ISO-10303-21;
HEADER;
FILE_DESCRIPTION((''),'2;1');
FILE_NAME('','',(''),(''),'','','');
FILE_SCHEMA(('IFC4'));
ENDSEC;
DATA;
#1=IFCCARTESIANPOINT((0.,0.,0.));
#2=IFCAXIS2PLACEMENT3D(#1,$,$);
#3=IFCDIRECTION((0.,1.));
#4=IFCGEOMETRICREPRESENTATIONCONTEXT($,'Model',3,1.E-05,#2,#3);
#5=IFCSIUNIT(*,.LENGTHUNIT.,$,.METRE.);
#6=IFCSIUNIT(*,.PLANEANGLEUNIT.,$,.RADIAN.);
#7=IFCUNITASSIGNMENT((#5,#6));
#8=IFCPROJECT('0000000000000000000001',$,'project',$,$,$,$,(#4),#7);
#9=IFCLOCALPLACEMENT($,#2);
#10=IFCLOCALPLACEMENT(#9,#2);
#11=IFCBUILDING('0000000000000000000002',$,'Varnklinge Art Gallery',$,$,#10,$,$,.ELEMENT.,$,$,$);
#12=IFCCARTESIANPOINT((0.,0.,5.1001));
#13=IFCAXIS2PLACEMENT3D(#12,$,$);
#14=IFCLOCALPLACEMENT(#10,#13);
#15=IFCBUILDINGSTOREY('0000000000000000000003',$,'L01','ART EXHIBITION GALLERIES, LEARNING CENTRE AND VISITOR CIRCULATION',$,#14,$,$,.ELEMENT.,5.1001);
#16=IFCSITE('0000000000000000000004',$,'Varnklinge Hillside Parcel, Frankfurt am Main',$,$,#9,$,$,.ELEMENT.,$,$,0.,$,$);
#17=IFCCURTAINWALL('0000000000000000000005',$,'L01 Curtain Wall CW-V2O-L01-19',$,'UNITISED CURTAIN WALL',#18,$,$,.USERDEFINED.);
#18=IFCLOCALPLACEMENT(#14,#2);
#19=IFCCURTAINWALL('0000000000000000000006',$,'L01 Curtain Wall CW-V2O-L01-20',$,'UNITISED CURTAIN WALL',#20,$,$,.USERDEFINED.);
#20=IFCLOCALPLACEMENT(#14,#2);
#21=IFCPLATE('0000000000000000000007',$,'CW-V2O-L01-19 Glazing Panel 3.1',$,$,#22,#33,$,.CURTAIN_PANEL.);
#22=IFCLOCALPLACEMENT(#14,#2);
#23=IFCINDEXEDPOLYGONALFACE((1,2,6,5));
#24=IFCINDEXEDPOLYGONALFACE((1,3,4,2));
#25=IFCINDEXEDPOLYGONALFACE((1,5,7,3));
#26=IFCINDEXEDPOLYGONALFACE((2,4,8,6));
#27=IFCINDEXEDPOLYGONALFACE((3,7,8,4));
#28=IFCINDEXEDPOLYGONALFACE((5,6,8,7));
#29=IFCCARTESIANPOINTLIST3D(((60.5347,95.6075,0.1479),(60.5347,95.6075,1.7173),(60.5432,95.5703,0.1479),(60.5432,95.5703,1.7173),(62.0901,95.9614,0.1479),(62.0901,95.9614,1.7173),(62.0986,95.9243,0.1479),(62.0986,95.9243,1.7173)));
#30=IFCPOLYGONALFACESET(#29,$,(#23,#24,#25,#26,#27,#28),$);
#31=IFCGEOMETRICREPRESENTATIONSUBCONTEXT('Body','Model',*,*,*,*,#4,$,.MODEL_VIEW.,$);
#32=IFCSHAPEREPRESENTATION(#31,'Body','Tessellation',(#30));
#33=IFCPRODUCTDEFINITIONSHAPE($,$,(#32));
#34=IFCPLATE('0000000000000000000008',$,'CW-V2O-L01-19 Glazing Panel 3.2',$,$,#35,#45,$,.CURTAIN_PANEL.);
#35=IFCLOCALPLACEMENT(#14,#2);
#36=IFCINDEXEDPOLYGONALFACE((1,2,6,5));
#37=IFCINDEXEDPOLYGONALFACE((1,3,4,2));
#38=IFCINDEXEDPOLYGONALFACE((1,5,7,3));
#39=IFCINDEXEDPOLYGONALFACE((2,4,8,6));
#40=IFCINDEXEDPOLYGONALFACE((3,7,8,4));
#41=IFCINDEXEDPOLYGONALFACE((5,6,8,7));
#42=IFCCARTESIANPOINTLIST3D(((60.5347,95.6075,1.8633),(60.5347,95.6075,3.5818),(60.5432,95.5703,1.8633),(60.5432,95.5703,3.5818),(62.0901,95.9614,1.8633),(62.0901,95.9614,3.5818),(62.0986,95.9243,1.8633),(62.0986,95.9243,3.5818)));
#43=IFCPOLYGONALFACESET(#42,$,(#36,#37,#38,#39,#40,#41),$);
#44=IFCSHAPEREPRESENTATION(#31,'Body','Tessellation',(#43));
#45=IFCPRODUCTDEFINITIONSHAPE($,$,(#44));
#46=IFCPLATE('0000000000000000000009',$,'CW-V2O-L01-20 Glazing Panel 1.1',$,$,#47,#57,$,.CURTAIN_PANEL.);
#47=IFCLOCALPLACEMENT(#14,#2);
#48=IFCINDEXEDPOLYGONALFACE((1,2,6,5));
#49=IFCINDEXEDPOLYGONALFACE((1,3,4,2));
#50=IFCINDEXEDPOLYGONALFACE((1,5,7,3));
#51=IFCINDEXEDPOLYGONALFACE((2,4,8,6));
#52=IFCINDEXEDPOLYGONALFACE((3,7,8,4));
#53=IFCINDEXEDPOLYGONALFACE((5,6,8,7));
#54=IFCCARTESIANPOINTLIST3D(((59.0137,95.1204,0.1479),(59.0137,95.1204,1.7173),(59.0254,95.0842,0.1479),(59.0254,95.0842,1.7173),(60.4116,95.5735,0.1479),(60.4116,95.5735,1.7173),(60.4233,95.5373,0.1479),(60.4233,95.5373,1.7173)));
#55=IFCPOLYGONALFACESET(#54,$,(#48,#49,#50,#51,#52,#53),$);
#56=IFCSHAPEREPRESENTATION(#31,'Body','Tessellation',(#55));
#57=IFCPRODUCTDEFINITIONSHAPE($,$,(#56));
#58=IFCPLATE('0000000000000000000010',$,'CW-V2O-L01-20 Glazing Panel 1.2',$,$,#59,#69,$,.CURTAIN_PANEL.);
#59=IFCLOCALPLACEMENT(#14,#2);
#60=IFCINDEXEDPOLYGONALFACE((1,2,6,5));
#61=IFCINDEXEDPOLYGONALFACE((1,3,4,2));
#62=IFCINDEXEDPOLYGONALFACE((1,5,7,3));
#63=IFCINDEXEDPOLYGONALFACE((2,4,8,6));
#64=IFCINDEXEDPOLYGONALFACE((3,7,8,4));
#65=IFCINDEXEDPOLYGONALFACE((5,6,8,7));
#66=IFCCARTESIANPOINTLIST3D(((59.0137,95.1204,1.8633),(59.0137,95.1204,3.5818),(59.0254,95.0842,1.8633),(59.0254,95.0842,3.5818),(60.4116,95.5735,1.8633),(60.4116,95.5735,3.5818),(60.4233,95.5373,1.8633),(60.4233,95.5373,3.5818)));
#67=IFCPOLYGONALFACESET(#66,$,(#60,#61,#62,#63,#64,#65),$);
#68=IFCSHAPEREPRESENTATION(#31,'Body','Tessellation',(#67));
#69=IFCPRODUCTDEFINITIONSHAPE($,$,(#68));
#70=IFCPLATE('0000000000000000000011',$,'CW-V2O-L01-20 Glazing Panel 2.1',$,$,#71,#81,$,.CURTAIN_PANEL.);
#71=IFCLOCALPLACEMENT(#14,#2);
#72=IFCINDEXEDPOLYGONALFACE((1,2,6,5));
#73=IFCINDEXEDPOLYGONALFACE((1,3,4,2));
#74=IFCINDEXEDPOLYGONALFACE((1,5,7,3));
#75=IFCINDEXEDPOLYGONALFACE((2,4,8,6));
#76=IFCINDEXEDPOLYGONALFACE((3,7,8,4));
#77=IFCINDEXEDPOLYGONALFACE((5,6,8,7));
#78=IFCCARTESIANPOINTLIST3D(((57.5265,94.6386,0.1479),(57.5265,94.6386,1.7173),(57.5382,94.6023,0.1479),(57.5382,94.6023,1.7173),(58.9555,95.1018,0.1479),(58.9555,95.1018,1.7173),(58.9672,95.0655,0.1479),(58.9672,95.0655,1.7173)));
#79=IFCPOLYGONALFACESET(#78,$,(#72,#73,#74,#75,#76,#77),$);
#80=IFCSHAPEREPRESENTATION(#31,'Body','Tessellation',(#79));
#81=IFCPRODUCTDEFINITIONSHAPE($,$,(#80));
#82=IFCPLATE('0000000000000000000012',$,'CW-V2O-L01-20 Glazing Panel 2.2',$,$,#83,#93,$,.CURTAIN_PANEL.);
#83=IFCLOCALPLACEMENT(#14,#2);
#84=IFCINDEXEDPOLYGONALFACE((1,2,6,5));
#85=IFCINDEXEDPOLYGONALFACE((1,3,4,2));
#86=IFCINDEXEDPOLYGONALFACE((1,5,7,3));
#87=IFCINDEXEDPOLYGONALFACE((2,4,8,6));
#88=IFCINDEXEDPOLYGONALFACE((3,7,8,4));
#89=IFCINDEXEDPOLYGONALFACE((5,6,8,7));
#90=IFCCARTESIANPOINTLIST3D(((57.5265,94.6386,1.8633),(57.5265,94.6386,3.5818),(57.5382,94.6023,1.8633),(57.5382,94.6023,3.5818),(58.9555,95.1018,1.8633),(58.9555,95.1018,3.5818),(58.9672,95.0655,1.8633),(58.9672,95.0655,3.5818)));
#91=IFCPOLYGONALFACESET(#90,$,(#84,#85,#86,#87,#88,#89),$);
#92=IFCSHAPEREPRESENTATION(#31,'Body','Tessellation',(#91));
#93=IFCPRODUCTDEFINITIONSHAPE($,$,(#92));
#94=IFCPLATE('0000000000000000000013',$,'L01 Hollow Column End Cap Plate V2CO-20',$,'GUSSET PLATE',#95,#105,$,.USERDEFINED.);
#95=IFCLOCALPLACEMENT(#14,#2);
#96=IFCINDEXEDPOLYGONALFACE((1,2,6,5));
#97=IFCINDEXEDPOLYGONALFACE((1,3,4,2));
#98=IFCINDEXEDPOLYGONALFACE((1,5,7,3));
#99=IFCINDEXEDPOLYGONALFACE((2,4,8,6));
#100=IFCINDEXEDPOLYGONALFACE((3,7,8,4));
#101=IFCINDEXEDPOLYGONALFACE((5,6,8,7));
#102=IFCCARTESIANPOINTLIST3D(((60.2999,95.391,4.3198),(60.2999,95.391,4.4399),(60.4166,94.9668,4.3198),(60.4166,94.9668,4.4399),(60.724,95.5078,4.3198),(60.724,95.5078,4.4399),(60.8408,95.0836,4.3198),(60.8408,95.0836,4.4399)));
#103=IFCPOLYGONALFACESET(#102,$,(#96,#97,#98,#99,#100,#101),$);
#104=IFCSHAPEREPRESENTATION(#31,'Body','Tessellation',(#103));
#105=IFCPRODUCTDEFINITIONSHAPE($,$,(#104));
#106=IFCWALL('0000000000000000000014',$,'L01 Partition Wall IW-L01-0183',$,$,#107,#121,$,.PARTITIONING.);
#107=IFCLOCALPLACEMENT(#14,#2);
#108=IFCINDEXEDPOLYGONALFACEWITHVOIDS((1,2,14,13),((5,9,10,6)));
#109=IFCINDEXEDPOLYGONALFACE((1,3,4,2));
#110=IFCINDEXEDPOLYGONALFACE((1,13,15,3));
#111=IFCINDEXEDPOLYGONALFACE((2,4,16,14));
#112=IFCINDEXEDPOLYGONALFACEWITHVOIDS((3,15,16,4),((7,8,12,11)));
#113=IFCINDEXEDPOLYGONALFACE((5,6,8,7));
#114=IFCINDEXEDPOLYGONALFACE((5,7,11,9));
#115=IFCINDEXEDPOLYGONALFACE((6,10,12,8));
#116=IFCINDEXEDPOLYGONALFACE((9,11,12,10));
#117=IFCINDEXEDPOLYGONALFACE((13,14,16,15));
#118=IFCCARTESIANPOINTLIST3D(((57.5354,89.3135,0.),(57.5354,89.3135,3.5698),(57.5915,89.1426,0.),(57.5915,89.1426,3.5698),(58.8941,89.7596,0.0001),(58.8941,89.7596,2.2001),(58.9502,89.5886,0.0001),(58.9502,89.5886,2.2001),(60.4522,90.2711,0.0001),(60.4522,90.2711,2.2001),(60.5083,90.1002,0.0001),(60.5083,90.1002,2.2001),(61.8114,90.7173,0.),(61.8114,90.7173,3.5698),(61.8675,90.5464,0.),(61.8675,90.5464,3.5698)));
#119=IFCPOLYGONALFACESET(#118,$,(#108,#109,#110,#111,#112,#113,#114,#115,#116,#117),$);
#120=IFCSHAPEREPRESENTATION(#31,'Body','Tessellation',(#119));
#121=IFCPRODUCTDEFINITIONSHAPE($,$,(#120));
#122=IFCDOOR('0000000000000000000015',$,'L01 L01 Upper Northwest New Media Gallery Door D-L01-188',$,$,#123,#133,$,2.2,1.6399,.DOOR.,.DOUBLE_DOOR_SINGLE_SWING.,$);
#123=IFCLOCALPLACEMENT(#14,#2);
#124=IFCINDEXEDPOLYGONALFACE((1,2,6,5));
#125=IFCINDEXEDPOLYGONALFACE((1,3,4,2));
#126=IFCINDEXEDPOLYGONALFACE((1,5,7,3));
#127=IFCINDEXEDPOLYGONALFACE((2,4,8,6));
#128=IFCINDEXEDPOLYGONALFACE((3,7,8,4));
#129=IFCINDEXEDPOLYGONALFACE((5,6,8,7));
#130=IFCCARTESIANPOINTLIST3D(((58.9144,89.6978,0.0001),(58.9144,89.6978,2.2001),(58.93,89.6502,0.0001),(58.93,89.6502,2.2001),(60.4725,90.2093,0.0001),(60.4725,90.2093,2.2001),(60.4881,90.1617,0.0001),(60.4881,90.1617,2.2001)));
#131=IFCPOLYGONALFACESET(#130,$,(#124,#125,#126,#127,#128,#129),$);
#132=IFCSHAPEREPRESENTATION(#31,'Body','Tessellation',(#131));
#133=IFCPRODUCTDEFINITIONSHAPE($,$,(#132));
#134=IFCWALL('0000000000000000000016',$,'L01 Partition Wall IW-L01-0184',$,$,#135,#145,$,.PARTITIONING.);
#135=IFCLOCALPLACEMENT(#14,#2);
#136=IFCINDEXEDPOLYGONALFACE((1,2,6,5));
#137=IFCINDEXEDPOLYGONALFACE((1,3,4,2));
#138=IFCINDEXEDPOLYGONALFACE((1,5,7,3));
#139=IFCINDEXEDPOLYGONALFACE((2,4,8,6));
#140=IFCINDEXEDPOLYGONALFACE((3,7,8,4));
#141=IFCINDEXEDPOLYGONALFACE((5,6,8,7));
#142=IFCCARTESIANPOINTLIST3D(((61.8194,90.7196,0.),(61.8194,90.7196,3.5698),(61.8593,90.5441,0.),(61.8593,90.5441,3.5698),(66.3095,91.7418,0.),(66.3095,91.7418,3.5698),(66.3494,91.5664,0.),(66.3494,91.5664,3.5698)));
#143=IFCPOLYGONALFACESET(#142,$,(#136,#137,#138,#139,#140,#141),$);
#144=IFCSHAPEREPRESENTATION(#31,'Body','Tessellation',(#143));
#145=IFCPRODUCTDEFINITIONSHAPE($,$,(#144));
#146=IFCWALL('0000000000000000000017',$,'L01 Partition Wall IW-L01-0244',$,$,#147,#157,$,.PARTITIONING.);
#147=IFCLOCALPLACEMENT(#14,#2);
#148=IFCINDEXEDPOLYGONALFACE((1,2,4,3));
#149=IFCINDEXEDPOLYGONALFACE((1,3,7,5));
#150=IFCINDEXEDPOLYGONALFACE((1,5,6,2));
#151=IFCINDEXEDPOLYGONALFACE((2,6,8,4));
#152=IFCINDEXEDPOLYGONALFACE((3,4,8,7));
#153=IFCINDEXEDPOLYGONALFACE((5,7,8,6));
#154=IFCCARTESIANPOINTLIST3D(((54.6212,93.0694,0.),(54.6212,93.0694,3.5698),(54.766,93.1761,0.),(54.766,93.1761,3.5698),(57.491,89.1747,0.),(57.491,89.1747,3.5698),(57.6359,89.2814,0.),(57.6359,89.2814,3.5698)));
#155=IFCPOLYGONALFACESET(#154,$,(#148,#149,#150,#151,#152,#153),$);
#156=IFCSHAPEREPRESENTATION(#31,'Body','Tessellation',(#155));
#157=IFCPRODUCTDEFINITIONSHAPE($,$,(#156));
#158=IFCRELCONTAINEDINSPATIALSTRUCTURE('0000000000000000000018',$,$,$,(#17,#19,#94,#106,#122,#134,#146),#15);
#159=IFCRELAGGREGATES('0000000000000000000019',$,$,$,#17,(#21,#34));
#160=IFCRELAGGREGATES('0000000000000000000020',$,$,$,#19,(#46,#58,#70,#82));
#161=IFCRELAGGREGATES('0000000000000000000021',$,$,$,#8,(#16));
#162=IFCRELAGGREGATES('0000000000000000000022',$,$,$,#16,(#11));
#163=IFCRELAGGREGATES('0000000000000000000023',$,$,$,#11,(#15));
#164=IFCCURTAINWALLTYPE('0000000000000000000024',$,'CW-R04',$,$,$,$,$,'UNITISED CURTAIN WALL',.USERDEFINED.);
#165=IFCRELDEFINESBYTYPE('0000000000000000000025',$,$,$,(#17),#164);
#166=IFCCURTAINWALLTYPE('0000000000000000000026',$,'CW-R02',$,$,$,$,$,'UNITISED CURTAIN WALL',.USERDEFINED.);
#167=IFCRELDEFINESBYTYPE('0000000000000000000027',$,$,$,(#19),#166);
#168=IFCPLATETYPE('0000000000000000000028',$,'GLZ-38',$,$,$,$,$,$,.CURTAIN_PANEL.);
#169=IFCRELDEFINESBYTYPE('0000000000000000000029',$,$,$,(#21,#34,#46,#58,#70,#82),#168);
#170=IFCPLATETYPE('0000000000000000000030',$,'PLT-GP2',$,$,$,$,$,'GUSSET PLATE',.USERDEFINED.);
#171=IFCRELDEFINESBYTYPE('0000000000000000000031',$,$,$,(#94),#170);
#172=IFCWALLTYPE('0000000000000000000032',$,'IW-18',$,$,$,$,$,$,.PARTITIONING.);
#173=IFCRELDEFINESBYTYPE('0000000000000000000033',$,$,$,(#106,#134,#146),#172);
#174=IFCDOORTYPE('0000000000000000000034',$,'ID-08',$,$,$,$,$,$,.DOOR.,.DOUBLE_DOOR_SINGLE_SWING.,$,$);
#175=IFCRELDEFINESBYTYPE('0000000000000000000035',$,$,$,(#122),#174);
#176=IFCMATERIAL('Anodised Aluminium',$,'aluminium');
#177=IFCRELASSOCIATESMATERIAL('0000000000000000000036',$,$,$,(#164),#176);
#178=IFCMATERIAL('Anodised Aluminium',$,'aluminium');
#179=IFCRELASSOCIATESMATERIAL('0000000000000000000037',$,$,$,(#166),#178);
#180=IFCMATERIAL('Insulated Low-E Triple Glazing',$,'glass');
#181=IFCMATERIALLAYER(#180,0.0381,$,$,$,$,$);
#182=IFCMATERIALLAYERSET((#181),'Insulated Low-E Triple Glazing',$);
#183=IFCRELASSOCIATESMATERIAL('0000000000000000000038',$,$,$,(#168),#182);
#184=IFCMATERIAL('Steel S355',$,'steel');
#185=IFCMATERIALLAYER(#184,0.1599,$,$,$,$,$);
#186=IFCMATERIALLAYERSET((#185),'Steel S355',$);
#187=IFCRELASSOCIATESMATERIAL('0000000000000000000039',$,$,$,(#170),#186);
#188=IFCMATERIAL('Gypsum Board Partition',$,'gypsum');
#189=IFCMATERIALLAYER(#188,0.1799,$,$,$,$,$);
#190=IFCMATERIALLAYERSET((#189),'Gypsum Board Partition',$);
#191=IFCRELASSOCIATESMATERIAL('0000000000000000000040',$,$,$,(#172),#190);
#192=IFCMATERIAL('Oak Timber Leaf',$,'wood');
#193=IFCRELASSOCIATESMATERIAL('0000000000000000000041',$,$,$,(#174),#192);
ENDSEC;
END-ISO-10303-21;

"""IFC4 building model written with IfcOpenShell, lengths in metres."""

from ifc_helpers import new_model, si_unit, direction, frame, frame_2d, origin, origin_2d, place, context, subcontext, project, spatial, rectangle, extrude, material, layer, layer_set, type_object, element, fill, aggregate, save


model = new_model("IFC4")

# Units and contexts
model_context = context("Model", 3, precision=1e-05, world=origin(), true_north=direction((0.0, 1.0)))
body_context = subcontext(model_context, "Body", "Model", "MODEL_VIEW")
ifc_project = project(units=[si_unit("LENGTHUNIT", "METRE"), si_unit("PLANEANGLEUNIT", "RADIAN")], contexts=[model_context])

# Site, building, storey
site_placement = place(None, origin())
site = spatial("IfcSite", under=ifc_project, at=site_placement, Name="Varnklinge Hillside Parcel, Frankfurt am Main", CompositionType="ELEMENT", RefElevation=0.0)
building_placement = place(site_placement, origin())
building = spatial("IfcBuilding", under=site, at=building_placement, Name="Varnklinge Art Gallery", CompositionType="ELEMENT")
storey_placement = place(building_placement, frame((0.0, 0.0, 5.1001)))
storey = spatial("IfcBuildingStorey", under=building, at=storey_placement, Name="L01", Description="ART EXHIBITION GALLERIES, LEARNING CENTRE AND VISITOR CIRCULATION", CompositionType="ELEMENT", Elevation=5.1001)

# Curtain wall
ifc_material_1 = material(Name="Anodised Aluminium", Category="aluminium")
curtain_wall_type_1 = type_object("IfcCurtainWallType", Name="CW-R04", ElementType="UNITISED CURTAIN WALL", PredefinedType="USERDEFINED", material=ifc_material_1)
curtain_wall_1_placement = place(storey_placement, origin())
curtain_wall_1 = element("IfcCurtainWall", 1, at=curtain_wall_1_placement, inside=storey, type_object=curtain_wall_type_1, Name="L01 Curtain Wall CW-V2O-L01-19", ObjectType="UNITISED CURTAIN WALL", PredefinedType="USERDEFINED")

# Curtain wall
ifc_material_2 = material(Name="Anodised Aluminium", Category="aluminium")
curtain_wall_type_2 = type_object("IfcCurtainWallType", Name="CW-R02", ElementType="UNITISED CURTAIN WALL", PredefinedType="USERDEFINED", material=ifc_material_2)
curtain_wall_2_placement = place(storey_placement, origin())
curtain_wall_2 = element("IfcCurtainWall", 2, at=curtain_wall_2_placement, inside=storey, type_object=curtain_wall_type_2, Name="L01 Curtain Wall CW-V2O-L01-20", ObjectType="UNITISED CURTAIN WALL", PredefinedType="USERDEFINED")

# Plates
ifc_material_3 = material(Name="Insulated Low-E Triple Glazing", Category="glass")
ifc_layer_1 = layer(ifc_material_3, 0.0381)
ifc_layer_set_1 = layer_set([ifc_layer_1], Name="Insulated Low-E Triple Glazing")
plate_type_1 = type_object("IfcPlateType", Name="GLZ-38", PredefinedType="CURTAIN_PANEL", material=ifc_layer_set_1)
plate_1_placement = place(storey_placement, frame((61.3167, 95.7659, 0.1479), z_axis=(0.0, 0.0, 1.0), x_axis=(-0.975072, -0.221889, 0.0)))
plate_1 = element("IfcPlate", 3, at=plate_1_placement, type_object=plate_type_1, Name="CW-V2O-L01-19 Glazing Panel 3.1", PredefinedType="CURTAIN_PANEL", context=body_context, shape_type="SweptSolid", body=[
    extrude(rectangle(XDim=1.5952, YDim=0.0381, at=origin_2d()), origin(), (0.0, 0.0, 1.0), 1.5693),
])
plate_2_placement = place(storey_placement, frame((61.3167, 95.7659, 1.8633), z_axis=(0.0, 0.0, 1.0), x_axis=(-0.975072, -0.221889, 0.0)))
plate_2 = element("IfcPlate", 4, at=plate_2_placement, type_object=plate_type_1, Name="CW-V2O-L01-19 Glazing Panel 3.2", PredefinedType="CURTAIN_PANEL", context=body_context, shape_type="SweptSolid", body=[
    extrude(rectangle(XDim=1.5952, YDim=0.0381, at=origin_2d()), origin(), (0.0, 0.0, 1.0), 1.7185),
])
aggregate(curtain_wall_1, [plate_1, plate_2])
plate_3_placement = place(storey_placement, frame((59.7185, 95.3289, 0.1479), z_axis=(0.0, 0.0, 1.0), x_axis=(-0.951272, -0.308353, 0.0)))
plate_3 = element("IfcPlate", 5, at=plate_3_placement, type_object=plate_type_1, Name="CW-V2O-L01-20 Glazing Panel 1.1", PredefinedType="CURTAIN_PANEL", context=body_context, shape_type="SweptSolid", body=[
    extrude(rectangle(XDim=1.4695, YDim=0.0381, at=origin_2d()), origin(), (0.0, 0.0, 1.0), 1.5693),
])
plate_4_placement = place(storey_placement, frame((59.7185, 95.3289, 1.8633), z_axis=(0.0, 0.0, 1.0), x_axis=(-0.951272, -0.308353, 0.0)))
plate_4 = element("IfcPlate", 6, at=plate_4_placement, type_object=plate_type_1, Name="CW-V2O-L01-20 Glazing Panel 1.2", PredefinedType="CURTAIN_PANEL", context=body_context, shape_type="SweptSolid", body=[
    extrude(rectangle(XDim=1.4695, YDim=0.0381, at=origin_2d()), origin(), (0.0, 0.0, 1.0), 1.7185),
])
plate_5_placement = place(storey_placement, frame((58.2468, 94.8521, 0.1479), z_axis=(0.0, 0.0, 1.0), x_axis=(-0.951272, -0.308353, 0.0)))
plate_5 = element("IfcPlate", 7, at=plate_5_placement, type_object=plate_type_1, Name="CW-V2O-L01-20 Glazing Panel 2.1", PredefinedType="CURTAIN_PANEL", context=body_context, shape_type="SweptSolid", body=[
    extrude(rectangle(XDim=1.5022, YDim=0.0381, at=origin_2d()), origin(), (0.0, 0.0, 1.0), 1.5693),
])
plate_6_placement = place(storey_placement, frame((58.2468, 94.8521, 1.8633), z_axis=(0.0, 0.0, 1.0), x_axis=(-0.951272, -0.308353, 0.0)))
plate_6 = element("IfcPlate", 8, at=plate_6_placement, type_object=plate_type_1, Name="CW-V2O-L01-20 Glazing Panel 2.2", PredefinedType="CURTAIN_PANEL", context=body_context, shape_type="SweptSolid", body=[
    extrude(rectangle(XDim=1.5022, YDim=0.0381, at=origin_2d()), origin(), (0.0, 0.0, 1.0), 1.7185),
])
aggregate(curtain_wall_2, [plate_3, plate_4, plate_5, plate_6])
ifc_material_4 = material(Name="Steel S355", Category="steel")
ifc_layer_2 = layer(ifc_material_4, 0.1599)
ifc_layer_set_2 = layer_set([ifc_layer_2], Name="Steel S355")
plate_type_2 = type_object("IfcPlateType", Name="PLT-GP2", ElementType="GUSSET PLATE", PredefinedType="USERDEFINED", material=ifc_layer_set_2)
plate_7_placement = place(storey_placement, frame((60.5703, 95.2373, 4.3198), z_axis=(0.0, 0.0, 1.0), x_axis=(0.265388, -0.964142, 0.0)))
element("IfcPlate", 9, at=plate_7_placement, inside=storey, type_object=plate_type_2, Name="L01 Hollow Column End Cap Plate V2CO-20", ObjectType="GUSSET PLATE", PredefinedType="USERDEFINED", context=body_context, shape_type="SweptSolid", body=[
    extrude(rectangle(XDim=0.4399, YDim=0.4399, at=origin_2d()), origin(), (0.0, 0.0, 1.0), 0.1201),
])

# Wall, opening, door
ifc_material_5 = material(Name="Gypsum Board Partition", Category="gypsum")
ifc_layer_3 = layer(ifc_material_5, 0.1799)
ifc_layer_set_3 = layer_set([ifc_layer_3], Name="Gypsum Board Partition")
wall_type = type_object("IfcWallType", Name="IW-18", PredefinedType="PARTITIONING", material=ifc_layer_set_3)
wall_1_placement = place(storey_placement, frame((57.5635, 89.228, 0.0), z_axis=(0.0, 0.0, 1.0), x_axis=(0.950106, 0.311928, 0.0)))
wall_1 = element("IfcWall", 10, at=wall_1_placement, inside=storey, type_object=wall_type, Name="L01 Partition Wall IW-L01-0183", PredefinedType="PARTITIONING", context=body_context, shape_type="SweptSolid", body=[
    extrude(rectangle(XDim=4.5005, YDim=0.1799, at=frame_2d((2.2502, 0.0))), origin(), (0.0, 0.0, 1.0), 3.5698),
])
opening_placement = place(wall_1_placement, frame((1.4302, 0.0, 0.0)))
opening = element("IfcOpeningElement", 11, at=opening_placement, cuts=wall_1, PredefinedType="OPENING", context=body_context, shape_type="SweptSolid", body=[
    extrude(rectangle(XDim=1.6399, YDim=2.2, at=frame_2d((0.8198, 1.1001))), frame((0.0, 0.0999, 0.0), z_axis=(0.0, -1.0, 0.0), x_axis=(1.0, 0.0, 0.0)), (0.0, 0.0, 1.0), 0.2),
])
ifc_material_6 = material(Name="Oak Timber Leaf", Category="wood")
door_type = type_object("IfcDoorType", Name="ID-08", OperationType="DOUBLE_DOOR_SINGLE_SWING", PredefinedType="DOOR", material=ifc_material_6)
door_placement = place(opening_placement, origin())
door = element("IfcDoor", 12, at=door_placement, inside=storey, type_object=door_type, Name="L01 L01 Upper Northwest New Media Gallery Door D-L01-188", OperationType="DOUBLE_DOOR_SINGLE_SWING", OverallHeight=2.2, OverallWidth=1.6399, PredefinedType="DOOR", context=body_context, shape_type="SweptSolid", body=[
    extrude(rectangle(XDim=1.6399, YDim=2.2, at=frame_2d((0.8198, 1.1001))), frame((0.0, 0.0249, 0.0), z_axis=(0.0, -1.0, 0.0), x_axis=(1.0, 0.0, 0.0)), (0.0, 0.0, 1.0), 0.05),
])
fill(opening, door)

# Walls
wall_2_placement = place(storey_placement, frame((61.8394, 90.6318, 0.0), z_axis=(0.0, 0.0, 1.0), x_axis=(0.97505, 0.221985, 0.0)))
element("IfcWall", 13, at=wall_2_placement, inside=storey, type_object=wall_type, Name="L01 Partition Wall IW-L01-0184", PredefinedType="PARTITIONING", context=body_context, shape_type="SweptSolid", body=[
    extrude(rectangle(XDim=4.605, YDim=0.1799, at=frame_2d((2.3025, 0.0))), origin(), (0.0, 0.0, 1.0), 3.5698),
])
wall_3_placement = place(storey_placement, frame((57.5635, 89.228, 0.0), z_axis=(0.0, 0.0, 1.0), x_axis=(-0.593204, 0.805052, 0.0)))
element("IfcWall", 14, at=wall_3_placement, inside=storey, type_object=wall_type, Name="L01 Partition Wall IW-L01-0244", PredefinedType="PARTITIONING", context=body_context, shape_type="SweptSolid", body=[
    extrude(rectangle(XDim=4.8379, YDim=0.1799, at=frame_2d((2.4189, 0.0))), origin(), (0.0, 0.0, 1.0), 3.5698),
])

save(model, "model.ifc")
